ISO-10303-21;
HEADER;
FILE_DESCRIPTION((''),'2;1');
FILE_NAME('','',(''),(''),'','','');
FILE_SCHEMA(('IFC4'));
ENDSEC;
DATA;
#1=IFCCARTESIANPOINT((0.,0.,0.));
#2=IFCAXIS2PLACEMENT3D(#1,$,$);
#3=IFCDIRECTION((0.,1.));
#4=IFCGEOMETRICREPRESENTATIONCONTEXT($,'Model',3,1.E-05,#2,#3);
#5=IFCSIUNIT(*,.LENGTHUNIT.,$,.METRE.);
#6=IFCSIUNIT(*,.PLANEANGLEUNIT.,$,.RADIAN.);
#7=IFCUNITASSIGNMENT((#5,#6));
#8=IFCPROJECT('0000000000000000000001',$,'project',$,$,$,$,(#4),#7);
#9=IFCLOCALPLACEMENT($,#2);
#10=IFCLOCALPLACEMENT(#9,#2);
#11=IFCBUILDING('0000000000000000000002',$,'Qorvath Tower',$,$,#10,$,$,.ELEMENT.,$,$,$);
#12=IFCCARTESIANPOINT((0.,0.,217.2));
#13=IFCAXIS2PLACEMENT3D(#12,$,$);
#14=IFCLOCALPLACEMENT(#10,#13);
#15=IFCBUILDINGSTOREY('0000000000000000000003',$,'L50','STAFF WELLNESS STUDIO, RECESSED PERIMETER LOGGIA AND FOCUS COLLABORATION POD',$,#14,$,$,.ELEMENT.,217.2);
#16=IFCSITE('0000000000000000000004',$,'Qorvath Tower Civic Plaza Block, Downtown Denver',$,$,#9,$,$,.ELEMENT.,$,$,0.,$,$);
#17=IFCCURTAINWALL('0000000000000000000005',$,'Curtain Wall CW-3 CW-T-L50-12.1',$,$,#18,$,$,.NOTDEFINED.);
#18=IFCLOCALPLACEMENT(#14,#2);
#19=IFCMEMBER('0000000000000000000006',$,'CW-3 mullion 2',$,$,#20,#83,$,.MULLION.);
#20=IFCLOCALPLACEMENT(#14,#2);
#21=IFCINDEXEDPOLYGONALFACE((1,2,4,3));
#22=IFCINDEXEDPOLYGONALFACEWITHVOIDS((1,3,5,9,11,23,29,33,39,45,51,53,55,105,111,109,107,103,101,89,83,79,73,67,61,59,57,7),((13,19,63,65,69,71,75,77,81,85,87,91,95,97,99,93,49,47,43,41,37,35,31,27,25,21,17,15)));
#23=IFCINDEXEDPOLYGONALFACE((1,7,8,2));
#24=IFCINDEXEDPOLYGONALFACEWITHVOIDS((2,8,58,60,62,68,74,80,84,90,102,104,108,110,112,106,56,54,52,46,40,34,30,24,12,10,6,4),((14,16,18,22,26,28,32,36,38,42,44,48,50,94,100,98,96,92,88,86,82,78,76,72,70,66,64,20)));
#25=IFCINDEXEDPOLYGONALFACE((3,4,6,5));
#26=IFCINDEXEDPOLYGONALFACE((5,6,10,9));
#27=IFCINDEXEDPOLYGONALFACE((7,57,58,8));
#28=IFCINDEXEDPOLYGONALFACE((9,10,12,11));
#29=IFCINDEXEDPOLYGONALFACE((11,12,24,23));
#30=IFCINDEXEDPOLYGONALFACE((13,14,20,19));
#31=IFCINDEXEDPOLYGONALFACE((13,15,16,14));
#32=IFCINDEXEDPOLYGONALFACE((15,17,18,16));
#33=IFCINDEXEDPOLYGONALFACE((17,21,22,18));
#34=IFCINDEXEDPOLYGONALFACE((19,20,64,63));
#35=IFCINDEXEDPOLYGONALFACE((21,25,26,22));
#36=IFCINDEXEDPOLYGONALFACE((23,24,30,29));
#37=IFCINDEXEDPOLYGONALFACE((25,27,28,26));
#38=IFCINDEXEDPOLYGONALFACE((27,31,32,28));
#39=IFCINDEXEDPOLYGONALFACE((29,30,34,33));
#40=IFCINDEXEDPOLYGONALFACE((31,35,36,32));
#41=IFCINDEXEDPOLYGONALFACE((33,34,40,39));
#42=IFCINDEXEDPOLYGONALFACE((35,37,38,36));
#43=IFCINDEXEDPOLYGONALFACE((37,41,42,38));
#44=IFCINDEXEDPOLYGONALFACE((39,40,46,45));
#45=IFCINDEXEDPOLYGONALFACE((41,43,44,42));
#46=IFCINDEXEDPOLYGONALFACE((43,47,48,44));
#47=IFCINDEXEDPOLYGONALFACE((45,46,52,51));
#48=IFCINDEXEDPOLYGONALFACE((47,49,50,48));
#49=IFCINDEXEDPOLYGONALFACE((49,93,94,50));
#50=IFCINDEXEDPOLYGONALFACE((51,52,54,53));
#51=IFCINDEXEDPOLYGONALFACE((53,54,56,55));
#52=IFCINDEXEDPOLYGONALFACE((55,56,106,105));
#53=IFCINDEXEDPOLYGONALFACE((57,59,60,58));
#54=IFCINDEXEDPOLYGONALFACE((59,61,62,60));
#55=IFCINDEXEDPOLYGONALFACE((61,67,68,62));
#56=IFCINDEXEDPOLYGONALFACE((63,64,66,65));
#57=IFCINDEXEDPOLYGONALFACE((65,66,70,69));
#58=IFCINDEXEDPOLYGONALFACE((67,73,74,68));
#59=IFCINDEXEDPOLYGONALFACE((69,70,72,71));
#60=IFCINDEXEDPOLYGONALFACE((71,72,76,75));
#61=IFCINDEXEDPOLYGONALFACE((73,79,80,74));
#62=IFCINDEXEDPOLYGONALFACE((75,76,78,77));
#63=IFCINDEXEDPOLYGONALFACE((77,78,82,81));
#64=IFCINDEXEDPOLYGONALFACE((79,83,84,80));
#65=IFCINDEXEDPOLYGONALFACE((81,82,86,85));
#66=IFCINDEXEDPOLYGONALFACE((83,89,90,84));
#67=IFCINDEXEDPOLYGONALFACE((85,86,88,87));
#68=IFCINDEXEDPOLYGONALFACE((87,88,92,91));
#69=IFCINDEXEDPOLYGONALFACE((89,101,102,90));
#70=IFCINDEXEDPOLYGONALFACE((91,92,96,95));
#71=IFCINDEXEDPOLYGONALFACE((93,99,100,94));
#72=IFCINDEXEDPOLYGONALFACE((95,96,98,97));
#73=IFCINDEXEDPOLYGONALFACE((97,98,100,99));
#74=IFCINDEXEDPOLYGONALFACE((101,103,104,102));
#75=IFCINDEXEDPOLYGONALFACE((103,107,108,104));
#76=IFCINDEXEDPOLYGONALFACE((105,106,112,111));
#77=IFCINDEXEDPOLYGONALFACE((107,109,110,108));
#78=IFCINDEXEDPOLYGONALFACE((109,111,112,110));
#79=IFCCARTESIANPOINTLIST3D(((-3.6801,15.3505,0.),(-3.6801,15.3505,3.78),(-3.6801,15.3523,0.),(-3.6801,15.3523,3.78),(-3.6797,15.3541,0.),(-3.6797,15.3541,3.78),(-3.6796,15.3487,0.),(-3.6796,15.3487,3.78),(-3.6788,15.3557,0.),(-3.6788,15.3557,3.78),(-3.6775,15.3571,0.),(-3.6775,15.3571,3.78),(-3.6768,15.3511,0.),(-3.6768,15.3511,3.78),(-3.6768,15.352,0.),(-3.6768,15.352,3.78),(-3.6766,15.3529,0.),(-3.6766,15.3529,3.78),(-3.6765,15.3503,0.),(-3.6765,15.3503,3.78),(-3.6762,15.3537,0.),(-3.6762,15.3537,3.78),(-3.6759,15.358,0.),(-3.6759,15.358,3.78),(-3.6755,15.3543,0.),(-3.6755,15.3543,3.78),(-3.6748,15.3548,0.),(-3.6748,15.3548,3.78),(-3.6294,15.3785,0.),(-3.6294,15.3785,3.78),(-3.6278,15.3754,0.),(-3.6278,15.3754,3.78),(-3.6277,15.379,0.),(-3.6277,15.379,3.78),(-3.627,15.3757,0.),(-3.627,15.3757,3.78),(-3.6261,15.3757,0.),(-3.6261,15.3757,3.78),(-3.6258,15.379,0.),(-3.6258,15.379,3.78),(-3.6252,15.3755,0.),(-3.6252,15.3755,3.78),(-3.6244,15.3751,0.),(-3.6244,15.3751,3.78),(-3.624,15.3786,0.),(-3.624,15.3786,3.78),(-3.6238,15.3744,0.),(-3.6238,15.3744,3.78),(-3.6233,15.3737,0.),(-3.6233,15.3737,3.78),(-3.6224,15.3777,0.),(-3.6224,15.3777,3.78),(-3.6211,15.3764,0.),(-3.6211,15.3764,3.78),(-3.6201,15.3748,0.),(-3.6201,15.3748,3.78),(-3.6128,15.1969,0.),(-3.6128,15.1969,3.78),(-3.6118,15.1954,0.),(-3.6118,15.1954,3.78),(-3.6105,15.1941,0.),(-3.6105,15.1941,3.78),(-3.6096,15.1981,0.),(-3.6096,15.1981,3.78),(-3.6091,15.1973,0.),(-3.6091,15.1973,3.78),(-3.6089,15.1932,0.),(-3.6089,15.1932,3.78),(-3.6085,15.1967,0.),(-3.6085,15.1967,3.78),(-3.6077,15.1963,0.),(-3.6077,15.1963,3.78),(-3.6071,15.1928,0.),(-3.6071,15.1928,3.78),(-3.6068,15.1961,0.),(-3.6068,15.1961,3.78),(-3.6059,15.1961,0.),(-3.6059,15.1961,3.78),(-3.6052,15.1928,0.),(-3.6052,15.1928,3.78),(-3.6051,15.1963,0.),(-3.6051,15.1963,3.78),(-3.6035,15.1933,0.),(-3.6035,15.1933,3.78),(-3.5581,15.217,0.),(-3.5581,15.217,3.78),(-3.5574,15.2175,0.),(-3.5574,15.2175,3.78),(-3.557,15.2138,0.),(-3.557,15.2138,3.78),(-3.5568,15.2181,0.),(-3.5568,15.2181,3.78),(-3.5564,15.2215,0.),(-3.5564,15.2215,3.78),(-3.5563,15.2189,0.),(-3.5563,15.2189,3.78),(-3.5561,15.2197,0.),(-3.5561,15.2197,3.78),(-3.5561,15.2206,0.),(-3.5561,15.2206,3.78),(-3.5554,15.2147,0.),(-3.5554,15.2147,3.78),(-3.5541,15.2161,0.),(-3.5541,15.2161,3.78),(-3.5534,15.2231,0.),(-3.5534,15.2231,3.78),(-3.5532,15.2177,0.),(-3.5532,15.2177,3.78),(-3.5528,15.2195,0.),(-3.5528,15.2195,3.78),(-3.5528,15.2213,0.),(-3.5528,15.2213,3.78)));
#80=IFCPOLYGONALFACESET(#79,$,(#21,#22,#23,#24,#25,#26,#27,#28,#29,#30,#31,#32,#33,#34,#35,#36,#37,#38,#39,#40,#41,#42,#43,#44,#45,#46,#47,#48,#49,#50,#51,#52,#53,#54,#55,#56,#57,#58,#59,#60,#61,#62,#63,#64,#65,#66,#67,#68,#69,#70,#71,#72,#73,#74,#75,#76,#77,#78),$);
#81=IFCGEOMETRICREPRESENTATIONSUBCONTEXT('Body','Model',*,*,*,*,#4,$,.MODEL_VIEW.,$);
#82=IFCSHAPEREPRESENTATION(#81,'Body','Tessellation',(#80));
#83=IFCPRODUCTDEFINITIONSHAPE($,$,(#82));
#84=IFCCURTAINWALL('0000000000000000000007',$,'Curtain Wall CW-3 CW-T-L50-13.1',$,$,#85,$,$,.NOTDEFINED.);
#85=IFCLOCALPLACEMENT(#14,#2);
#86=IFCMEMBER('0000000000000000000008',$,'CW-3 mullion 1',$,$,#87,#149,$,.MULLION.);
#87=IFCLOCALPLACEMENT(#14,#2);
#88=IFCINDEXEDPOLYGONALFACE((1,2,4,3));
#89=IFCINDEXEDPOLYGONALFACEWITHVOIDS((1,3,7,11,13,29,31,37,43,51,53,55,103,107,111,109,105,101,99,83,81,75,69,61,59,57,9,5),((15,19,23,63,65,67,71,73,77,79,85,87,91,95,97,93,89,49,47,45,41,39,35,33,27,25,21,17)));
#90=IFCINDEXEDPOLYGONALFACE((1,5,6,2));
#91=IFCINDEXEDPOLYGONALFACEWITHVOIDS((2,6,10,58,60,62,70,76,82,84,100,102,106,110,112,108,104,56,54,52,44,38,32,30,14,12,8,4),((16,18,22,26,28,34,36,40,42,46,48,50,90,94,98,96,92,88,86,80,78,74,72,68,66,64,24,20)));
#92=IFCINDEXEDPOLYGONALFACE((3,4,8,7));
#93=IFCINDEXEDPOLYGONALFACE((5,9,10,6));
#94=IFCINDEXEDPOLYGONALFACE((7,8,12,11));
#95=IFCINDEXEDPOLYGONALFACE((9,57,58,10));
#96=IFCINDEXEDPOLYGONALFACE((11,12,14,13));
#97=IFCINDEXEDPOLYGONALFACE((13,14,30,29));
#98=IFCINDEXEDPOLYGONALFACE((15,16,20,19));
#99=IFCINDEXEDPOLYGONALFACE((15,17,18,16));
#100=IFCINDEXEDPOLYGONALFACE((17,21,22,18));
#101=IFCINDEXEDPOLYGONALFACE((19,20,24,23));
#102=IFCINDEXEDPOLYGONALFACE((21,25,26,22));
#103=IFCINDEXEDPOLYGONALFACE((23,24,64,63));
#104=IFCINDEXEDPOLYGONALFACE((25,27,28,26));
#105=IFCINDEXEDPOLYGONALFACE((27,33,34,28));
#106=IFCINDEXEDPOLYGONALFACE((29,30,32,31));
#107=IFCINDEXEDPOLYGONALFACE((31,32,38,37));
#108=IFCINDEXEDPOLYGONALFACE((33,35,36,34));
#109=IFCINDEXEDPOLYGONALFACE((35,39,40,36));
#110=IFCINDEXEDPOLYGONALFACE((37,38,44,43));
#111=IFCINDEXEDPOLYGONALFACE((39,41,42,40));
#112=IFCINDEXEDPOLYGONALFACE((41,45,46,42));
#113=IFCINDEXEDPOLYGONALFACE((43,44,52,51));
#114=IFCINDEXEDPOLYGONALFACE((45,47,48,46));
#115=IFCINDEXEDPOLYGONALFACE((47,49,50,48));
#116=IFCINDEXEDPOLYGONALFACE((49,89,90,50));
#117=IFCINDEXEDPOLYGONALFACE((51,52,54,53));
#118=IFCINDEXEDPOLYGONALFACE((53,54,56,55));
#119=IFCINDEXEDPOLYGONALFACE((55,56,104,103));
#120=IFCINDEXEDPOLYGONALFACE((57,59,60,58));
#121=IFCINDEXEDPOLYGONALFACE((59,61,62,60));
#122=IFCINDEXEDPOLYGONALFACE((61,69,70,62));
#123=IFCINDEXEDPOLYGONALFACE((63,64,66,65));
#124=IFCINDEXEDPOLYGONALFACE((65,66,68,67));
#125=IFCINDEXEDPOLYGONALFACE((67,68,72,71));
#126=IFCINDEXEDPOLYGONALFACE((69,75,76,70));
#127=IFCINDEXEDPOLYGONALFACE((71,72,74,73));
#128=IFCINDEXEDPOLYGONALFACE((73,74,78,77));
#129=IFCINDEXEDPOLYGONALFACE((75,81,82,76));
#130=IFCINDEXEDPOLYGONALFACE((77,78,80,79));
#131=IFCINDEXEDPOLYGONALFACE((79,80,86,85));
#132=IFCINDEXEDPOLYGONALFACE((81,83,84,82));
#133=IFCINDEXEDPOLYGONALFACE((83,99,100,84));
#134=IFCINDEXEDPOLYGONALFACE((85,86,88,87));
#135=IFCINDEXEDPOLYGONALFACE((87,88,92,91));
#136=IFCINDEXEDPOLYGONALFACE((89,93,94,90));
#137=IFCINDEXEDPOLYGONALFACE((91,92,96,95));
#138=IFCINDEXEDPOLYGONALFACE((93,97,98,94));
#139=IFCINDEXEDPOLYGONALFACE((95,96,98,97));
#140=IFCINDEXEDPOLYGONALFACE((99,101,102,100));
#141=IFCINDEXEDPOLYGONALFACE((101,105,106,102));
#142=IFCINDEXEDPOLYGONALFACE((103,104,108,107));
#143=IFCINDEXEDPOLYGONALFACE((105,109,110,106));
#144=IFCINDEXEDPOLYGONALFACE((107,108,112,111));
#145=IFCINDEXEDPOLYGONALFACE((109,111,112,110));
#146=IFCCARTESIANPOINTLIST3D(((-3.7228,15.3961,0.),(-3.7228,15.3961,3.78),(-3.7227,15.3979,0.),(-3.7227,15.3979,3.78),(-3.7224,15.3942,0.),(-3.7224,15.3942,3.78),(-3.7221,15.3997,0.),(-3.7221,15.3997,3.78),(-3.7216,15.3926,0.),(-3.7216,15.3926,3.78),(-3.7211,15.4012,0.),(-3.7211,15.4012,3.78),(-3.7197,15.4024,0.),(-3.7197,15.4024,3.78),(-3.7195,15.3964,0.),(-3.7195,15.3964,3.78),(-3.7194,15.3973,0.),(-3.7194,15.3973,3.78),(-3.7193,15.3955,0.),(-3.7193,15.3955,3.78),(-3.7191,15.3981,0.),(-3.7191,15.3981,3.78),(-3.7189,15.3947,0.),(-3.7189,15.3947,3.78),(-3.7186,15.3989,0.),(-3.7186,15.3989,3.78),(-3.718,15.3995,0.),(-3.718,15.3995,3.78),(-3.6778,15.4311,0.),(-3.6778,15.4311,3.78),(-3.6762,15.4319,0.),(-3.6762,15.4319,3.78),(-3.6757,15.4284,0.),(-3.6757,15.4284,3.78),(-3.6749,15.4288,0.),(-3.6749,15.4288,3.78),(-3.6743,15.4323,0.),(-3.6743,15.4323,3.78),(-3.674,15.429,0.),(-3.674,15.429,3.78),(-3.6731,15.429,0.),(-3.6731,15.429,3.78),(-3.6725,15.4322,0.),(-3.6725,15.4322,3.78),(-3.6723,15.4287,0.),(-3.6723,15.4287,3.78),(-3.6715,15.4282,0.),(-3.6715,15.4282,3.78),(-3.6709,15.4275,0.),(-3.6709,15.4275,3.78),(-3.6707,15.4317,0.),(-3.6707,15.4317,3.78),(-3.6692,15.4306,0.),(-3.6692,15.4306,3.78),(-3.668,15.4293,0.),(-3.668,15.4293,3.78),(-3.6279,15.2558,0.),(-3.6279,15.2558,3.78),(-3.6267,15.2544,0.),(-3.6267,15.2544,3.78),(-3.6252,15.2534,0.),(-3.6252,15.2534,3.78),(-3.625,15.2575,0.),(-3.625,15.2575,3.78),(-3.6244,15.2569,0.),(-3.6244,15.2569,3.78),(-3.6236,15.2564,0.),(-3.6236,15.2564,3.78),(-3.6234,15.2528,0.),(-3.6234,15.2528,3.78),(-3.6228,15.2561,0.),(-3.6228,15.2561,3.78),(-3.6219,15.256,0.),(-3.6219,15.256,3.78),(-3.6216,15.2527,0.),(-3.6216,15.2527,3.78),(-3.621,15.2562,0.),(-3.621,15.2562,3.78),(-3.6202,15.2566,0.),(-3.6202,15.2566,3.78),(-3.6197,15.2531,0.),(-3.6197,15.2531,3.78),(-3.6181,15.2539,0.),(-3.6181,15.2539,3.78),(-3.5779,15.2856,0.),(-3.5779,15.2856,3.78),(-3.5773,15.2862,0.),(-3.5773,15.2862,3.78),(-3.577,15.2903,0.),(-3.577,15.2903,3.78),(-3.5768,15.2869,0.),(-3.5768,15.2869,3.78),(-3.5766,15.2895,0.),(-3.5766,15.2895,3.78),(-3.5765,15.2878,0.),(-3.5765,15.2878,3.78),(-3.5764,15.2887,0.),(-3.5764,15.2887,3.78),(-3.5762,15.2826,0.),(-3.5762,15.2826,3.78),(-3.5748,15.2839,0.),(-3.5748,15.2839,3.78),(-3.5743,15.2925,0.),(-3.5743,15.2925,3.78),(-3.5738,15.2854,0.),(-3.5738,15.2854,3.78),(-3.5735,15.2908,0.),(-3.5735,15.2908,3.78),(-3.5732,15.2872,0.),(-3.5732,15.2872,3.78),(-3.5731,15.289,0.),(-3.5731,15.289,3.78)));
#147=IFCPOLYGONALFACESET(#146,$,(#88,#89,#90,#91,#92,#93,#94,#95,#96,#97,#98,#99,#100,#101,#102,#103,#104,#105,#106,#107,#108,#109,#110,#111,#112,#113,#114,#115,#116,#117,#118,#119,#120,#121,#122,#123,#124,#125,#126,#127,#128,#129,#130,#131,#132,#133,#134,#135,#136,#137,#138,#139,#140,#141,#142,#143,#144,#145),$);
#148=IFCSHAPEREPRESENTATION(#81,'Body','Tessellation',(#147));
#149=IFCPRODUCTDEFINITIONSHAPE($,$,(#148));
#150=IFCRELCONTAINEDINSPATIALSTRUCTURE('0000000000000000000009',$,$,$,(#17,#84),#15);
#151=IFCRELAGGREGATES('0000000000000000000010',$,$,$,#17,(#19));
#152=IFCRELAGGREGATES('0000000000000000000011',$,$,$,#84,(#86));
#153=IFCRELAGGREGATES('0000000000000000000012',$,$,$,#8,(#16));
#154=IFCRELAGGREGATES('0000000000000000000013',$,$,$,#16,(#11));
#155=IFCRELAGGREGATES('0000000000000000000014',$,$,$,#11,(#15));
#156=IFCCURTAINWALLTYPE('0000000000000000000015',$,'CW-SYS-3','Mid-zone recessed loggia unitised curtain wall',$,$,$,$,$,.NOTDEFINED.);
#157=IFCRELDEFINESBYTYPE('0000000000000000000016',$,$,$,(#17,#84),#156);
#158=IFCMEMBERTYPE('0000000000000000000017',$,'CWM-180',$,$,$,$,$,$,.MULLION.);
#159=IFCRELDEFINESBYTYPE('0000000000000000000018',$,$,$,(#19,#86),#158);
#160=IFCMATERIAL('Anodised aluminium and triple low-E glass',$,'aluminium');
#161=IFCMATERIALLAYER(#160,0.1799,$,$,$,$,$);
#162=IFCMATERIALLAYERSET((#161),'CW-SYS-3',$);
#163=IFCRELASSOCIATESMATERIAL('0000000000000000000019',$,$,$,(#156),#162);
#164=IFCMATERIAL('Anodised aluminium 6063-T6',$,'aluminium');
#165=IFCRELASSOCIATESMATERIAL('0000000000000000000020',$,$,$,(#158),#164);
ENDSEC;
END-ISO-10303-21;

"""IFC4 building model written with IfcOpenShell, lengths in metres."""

from ifc_helpers import new_model, si_unit, direction, frame, origin, origin_2d, place, context, subcontext, project, spatial, hollow_rectangle, extrude, material, layer, layer_set, material_profile, profile_set, type_object, element, aggregate, save


model = new_model("IFC4")

# Units and contexts
model_context = context("Model", 3, precision=1e-05, world=origin(), true_north=direction((0.0, 1.0)))
body_context = subcontext(model_context, "Body", "Model", "MODEL_VIEW")
ifc_project = project(units=[si_unit("LENGTHUNIT", "METRE"), si_unit("PLANEANGLEUNIT", "RADIAN")], contexts=[model_context])

# Site, building, storey
site_placement = place(None, origin())
site = spatial("IfcSite", under=ifc_project, at=site_placement, Name="Qorvath Tower Civic Plaza Block, Downtown Denver", CompositionType="ELEMENT", RefElevation=0.0)
building_placement = place(site_placement, origin())
building = spatial("IfcBuilding", under=site, at=building_placement, Name="Qorvath Tower", CompositionType="ELEMENT")
storey_placement = place(building_placement, frame((0.0, 0.0, 217.2)))
storey = spatial("IfcBuildingStorey", under=building, at=storey_placement, Name="L50", Description="STAFF WELLNESS STUDIO, RECESSED PERIMETER LOGGIA AND FOCUS COLLABORATION POD", CompositionType="ELEMENT", Elevation=217.2)

# Shared definitions
ifc_material_1 = material(Name="Anodised aluminium and triple low-E glass", Category="aluminium")
ifc_layer_1 = layer(ifc_material_1, 0.1799)
ifc_layer_set_1 = layer_set([ifc_layer_1], Name="CW-SYS-3")
curtain_wall_type = type_object("IfcCurtainWallType", Name="CW-SYS-3", Description="Mid-zone recessed loggia unitised curtain wall", PredefinedType="NOTDEFINED", material=ifc_layer_set_1)
ifc_material_2 = material(Name="Anodised aluminium 6063-T6", Category="aluminium")
ifc_material_profile_1 = material_profile(ifc_material_2, hollow_rectangle(XDim=0.0649, YDim=0.1799, WallThickness=0.0034, InnerFilletRadius=0.0034, OuterFilletRadius=0.0071, at=origin_2d()), Name="CWM 180x65")
ifc_profile_set_1 = profile_set([ifc_material_profile_1], Name="Anodised aluminium 6063-T6")
member_type_1 = type_object("IfcMemberType", Name="CWM-180", PredefinedType="MULLION", material=ifc_profile_set_1)

# Curtain walls, members
curtain_wall_1_placement = place(storey_placement, origin())
curtain_wall_1 = element("IfcCurtainWall", 1, at=curtain_wall_1_placement, inside=storey, type_object=curtain_wall_type, Name="Curtain Wall CW-3 CW-T-L50-12.1", PredefinedType="NOTDEFINED")
member_1_placement = place(storey_placement, frame((-3.6165, 15.2859, 0.0), z_axis=(0.0, 0.0, 1.0), x_axis=(-0.915321, -0.402725, 0.0)))
member_1 = element("IfcMember", 2, at=member_1_placement, type_object=member_type_1, Name="CW-3 mullion 2", PredefinedType="MULLION", context=body_context, shape_type="SweptSolid", body=[
    extrude(hollow_rectangle(XDim=0.0649, YDim=0.1799, WallThickness=0.0034, InnerFilletRadius=0.0034, OuterFilletRadius=0.0071, at=origin_2d()), origin(), (0.0, 0.0, 1.0), 3.78),
])
curtain_wall_2_placement = place(storey_placement, origin())
curtain_wall_2 = element("IfcCurtainWall", 3, at=curtain_wall_2_placement, inside=storey, type_object=curtain_wall_type, Name="Curtain Wall CW-3 CW-T-L50-13.1", PredefinedType="NOTDEFINED")
member_2_placement = place(storey_placement, frame((-3.6479, 15.3425, 0.0), z_axis=(0.0, 0.0, 1.0), x_axis=(-0.825264, -0.564746, 0.0)))
member_2 = element("IfcMember", 4, at=member_2_placement, type_object=member_type_1, Name="CW-3 mullion 1", PredefinedType="MULLION", context=body_context, shape_type="SweptSolid", body=[
    extrude(hollow_rectangle(XDim=0.0649, YDim=0.1799, WallThickness=0.0034, InnerFilletRadius=0.0034, OuterFilletRadius=0.0071, at=origin_2d()), origin(), (0.0, 0.0, 1.0), 3.78),
])

aggregate(curtain_wall_1, [member_1])
aggregate(curtain_wall_2, [member_2])

save(model, "model.ifc")
